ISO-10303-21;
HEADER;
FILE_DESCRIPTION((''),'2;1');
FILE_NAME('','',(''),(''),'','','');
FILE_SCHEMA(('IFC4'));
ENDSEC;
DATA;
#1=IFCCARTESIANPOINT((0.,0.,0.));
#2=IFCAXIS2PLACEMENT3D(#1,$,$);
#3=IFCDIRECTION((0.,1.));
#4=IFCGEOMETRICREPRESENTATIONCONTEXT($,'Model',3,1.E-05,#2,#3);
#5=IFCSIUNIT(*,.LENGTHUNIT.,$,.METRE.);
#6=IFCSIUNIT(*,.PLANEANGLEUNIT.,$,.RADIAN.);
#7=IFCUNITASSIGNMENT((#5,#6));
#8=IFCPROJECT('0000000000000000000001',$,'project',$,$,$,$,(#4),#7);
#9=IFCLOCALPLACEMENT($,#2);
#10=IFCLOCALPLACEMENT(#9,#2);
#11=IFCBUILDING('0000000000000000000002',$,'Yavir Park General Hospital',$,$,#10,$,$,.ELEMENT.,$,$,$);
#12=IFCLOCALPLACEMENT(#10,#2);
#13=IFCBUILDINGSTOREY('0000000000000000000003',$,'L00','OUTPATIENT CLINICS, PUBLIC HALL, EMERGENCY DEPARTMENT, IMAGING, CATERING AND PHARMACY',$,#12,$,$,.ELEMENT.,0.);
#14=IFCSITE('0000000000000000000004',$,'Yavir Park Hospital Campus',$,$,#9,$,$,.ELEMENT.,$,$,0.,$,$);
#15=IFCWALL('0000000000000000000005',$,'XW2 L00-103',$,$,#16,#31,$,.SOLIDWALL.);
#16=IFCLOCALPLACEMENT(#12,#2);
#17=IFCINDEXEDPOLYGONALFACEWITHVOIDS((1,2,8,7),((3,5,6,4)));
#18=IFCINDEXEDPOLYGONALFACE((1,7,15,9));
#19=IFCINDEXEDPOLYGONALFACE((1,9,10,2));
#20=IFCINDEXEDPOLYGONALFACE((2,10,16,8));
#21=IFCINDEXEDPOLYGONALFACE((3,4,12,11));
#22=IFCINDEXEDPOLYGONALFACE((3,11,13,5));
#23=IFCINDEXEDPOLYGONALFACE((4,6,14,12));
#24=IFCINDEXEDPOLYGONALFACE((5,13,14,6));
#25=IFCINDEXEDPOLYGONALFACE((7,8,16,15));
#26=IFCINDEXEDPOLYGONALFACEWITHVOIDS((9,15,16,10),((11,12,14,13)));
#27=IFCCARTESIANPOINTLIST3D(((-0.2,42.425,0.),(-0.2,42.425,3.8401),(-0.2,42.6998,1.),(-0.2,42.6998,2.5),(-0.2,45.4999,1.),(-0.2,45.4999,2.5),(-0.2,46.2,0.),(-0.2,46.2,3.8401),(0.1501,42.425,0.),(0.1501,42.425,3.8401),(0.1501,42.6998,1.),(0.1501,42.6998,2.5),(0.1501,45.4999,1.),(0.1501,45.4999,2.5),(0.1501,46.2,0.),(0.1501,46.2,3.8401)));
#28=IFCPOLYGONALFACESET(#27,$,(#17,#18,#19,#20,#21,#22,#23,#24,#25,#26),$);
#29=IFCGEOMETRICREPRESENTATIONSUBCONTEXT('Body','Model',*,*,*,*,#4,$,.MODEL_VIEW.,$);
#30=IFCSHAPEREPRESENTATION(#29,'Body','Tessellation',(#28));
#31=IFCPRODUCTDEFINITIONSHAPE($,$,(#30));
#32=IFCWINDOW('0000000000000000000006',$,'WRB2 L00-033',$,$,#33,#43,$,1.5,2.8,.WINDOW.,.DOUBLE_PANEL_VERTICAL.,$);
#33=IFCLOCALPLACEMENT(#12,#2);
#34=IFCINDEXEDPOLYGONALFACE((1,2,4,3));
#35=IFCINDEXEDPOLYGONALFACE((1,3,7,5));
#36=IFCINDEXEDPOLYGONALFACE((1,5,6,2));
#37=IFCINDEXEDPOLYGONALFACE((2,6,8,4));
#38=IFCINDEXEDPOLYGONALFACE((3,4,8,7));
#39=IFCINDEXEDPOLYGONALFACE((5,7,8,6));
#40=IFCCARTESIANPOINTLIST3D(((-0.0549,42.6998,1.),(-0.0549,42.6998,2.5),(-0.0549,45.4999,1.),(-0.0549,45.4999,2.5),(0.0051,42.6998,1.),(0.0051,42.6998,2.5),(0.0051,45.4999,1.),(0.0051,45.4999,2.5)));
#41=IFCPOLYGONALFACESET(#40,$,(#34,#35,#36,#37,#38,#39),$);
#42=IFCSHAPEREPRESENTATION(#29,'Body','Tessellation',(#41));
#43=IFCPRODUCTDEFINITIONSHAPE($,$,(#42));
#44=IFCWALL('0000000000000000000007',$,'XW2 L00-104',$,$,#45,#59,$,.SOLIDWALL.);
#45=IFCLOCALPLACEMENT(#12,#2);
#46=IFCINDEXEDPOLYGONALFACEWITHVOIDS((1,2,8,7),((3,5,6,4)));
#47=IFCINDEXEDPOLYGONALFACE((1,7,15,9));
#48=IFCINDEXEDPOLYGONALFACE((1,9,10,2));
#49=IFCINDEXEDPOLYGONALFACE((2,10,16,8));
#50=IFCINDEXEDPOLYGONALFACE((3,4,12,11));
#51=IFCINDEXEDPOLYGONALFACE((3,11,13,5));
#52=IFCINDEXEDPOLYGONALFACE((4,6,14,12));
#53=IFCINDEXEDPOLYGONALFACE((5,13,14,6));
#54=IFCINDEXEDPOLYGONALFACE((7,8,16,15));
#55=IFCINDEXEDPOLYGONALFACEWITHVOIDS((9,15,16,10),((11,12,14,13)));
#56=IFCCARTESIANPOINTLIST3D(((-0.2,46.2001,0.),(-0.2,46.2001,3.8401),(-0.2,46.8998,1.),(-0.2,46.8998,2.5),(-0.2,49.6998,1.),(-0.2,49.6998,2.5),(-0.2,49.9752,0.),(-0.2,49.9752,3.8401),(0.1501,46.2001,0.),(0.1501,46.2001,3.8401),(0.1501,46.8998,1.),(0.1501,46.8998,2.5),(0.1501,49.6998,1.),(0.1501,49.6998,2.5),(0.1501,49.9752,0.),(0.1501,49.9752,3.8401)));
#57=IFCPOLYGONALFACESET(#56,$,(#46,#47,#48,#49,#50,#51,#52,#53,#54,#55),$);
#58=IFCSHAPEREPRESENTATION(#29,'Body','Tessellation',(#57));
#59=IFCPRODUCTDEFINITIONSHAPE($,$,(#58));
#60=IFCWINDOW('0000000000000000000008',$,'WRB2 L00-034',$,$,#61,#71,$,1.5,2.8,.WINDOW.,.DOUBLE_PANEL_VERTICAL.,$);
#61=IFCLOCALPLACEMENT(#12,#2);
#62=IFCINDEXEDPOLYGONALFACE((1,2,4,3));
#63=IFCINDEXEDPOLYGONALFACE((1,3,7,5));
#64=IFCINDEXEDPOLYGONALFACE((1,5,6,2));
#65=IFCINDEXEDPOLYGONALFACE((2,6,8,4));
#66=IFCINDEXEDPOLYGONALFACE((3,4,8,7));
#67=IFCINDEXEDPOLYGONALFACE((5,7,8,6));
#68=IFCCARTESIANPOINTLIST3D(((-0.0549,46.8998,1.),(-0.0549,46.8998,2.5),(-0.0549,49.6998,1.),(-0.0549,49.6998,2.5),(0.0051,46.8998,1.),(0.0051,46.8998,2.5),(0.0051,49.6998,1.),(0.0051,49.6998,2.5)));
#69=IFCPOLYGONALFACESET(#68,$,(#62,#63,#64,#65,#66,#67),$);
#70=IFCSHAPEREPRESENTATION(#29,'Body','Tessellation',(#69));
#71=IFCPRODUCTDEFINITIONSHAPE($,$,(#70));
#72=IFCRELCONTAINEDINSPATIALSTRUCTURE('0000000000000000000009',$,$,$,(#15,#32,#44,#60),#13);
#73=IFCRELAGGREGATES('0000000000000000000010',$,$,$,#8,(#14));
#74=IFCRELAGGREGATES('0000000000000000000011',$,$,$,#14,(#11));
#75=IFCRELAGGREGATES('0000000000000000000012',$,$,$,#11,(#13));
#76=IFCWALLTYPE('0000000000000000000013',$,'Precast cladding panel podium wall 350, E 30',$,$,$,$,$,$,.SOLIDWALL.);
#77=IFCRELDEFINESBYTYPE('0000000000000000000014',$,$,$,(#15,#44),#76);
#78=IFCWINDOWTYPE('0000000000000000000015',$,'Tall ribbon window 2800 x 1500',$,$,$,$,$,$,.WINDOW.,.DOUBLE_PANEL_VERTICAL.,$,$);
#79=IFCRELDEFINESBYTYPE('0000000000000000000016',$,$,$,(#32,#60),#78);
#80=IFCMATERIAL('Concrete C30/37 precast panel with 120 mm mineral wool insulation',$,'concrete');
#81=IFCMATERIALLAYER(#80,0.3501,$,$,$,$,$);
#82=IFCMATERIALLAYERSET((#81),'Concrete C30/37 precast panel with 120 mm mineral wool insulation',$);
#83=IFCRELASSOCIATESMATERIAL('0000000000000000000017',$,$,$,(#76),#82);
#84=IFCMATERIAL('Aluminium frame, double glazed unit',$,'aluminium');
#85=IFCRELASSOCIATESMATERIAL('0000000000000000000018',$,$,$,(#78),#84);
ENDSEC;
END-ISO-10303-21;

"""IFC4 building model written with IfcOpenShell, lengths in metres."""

from ifc_helpers import new_model, si_unit, direction, frame, frame_2d, origin, place, context, subcontext, project, spatial, rectangle, extrude, material, layer, layer_set, type_object, element, fill, save


model = new_model("IFC4")

# Units and contexts
model_context = context("Model", 3, precision=1e-05, world=origin(), true_north=direction((0.0, 1.0)))
body_context = subcontext(model_context, "Body", "Model", "MODEL_VIEW")
ifc_project = project(units=[si_unit("LENGTHUNIT", "METRE"), si_unit("PLANEANGLEUNIT", "RADIAN")], contexts=[model_context])

# Site, building, storey
site_placement = place(None, origin())
site = spatial("IfcSite", under=ifc_project, at=site_placement, Name="Yavir Park Hospital Campus", CompositionType="ELEMENT", RefElevation=0.0)
building_placement = place(site_placement, origin())
building = spatial("IfcBuilding", under=site, at=building_placement, Name="Yavir Park General Hospital", CompositionType="ELEMENT")
storey_placement = place(building_placement, origin())
storey = spatial("IfcBuildingStorey", under=building, at=storey_placement, Name="L00", Description="OUTPATIENT CLINICS, PUBLIC HALL, EMERGENCY DEPARTMENT, IMAGING, CATERING AND PHARMACY", CompositionType="ELEMENT", Elevation=0.0)

# Walls, openings, windows
ifc_material_1 = material(Name="Concrete C30/37 precast panel with 120 mm mineral wool insulation", Category="concrete")
ifc_layer_1 = layer(ifc_material_1, 0.3501)
ifc_layer_set_1 = layer_set([ifc_layer_1], Name="Concrete C30/37 precast panel with 120 mm mineral wool insulation")
wall_type_1 = type_object("IfcWallType", Name="Precast cladding panel podium wall 350, E 30", PredefinedType="SOLIDWALL", material=ifc_layer_set_1)
wall_1_placement = place(storey_placement, frame((-0.0249, 42.425, 0.0), z_axis=(0.0, 0.0, 1.0), x_axis=(0.0, 1.0, 0.0)))
wall_1 = element("IfcWall", 1, at=wall_1_placement, inside=storey, type_object=wall_type_1, Name="XW2 L00-103", PredefinedType="SOLIDWALL", context=body_context, shape_type="SweptSolid", body=[
    extrude(rectangle(XDim=3.7749, YDim=0.3501, at=frame_2d((1.8875, 0.0))), origin(), (0.0, 0.0, 1.0), 3.8401),
])
opening_1_placement = place(wall_1_placement, frame((0.2749, 0.0, 1.0)))
opening_1 = element("IfcOpeningElement", 2, at=opening_1_placement, cuts=wall_1, PredefinedType="OPENING", context=body_context, shape_type="SweptSolid", body=[
    extrude(rectangle(XDim=2.8, YDim=1.5, at=frame_2d((1.3999, 0.75))), frame((0.0, 0.1851, 0.0), z_axis=(0.0, -1.0, 0.0), x_axis=(1.0, 0.0, 0.0)), (0.0, 0.0, 1.0), 0.3701),
])
ifc_material_2 = material(Name="Aluminium frame, double glazed unit", Category="aluminium")
window_type = type_object("IfcWindowType", Name="Tall ribbon window 2800 x 1500", PartitioningType="DOUBLE_PANEL_VERTICAL", PredefinedType="WINDOW", material=ifc_material_2)
window_1_placement = place(opening_1_placement, origin())
window_1 = element("IfcWindow", 3, at=window_1_placement, inside=storey, type_object=window_type, Name="WRB2 L00-033", OverallHeight=1.5, OverallWidth=2.8, PartitioningType="DOUBLE_PANEL_VERTICAL", PredefinedType="WINDOW", context=body_context, shape_type="SweptSolid", body=[
    extrude(rectangle(XDim=2.8, YDim=1.5, at=frame_2d((1.3999, 0.75))), frame((0.0, 0.03, 0.0), z_axis=(0.0, -1.0, 0.0), x_axis=(1.0, 0.0, 0.0)), (0.0, 0.0, 1.0), 0.0601),
])
fill(opening_1, window_1)
wall_2_placement = place(storey_placement, frame((-0.0249, 46.2, 0.0), z_axis=(0.0, 0.0, 1.0), x_axis=(0.0, 1.0, 0.0)))
wall_2 = element("IfcWall", 4, at=wall_2_placement, inside=storey, type_object=wall_type_1, Name="XW2 L00-104", PredefinedType="SOLIDWALL", context=body_context, shape_type="SweptSolid", body=[
    extrude(rectangle(XDim=3.7751, YDim=0.3501, at=frame_2d((1.8877, 0.0))), origin(), (0.0, 0.0, 1.0), 3.8401),
])
opening_2_placement = place(wall_2_placement, frame((0.7, 0.0, 1.0)))
opening_2 = element("IfcOpeningElement", 5, at=opening_2_placement, cuts=wall_2, PredefinedType="OPENING", context=body_context, shape_type="SweptSolid", body=[
    extrude(rectangle(XDim=2.8, YDim=1.5, at=frame_2d((1.3999, 0.75))), frame((0.0, 0.1851, 0.0), z_axis=(0.0, -1.0, 0.0), x_axis=(1.0, 0.0, 0.0)), (0.0, 0.0, 1.0), 0.3701),
])
window_2_placement = place(opening_2_placement, origin())
window_2 = element("IfcWindow", 6, at=window_2_placement, inside=storey, type_object=window_type, Name="WRB2 L00-034", OverallHeight=1.5, OverallWidth=2.8, PartitioningType="DOUBLE_PANEL_VERTICAL", PredefinedType="WINDOW", context=body_context, shape_type="SweptSolid", body=[
    extrude(rectangle(XDim=2.8, YDim=1.5, at=frame_2d((1.3999, 0.75))), frame((0.0, 0.03, 0.0), z_axis=(0.0, -1.0, 0.0), x_axis=(1.0, 0.0, 0.0)), (0.0, 0.0, 1.0), 0.0601),
])
fill(opening_2, window_2)

save(model, "model.ifc")
